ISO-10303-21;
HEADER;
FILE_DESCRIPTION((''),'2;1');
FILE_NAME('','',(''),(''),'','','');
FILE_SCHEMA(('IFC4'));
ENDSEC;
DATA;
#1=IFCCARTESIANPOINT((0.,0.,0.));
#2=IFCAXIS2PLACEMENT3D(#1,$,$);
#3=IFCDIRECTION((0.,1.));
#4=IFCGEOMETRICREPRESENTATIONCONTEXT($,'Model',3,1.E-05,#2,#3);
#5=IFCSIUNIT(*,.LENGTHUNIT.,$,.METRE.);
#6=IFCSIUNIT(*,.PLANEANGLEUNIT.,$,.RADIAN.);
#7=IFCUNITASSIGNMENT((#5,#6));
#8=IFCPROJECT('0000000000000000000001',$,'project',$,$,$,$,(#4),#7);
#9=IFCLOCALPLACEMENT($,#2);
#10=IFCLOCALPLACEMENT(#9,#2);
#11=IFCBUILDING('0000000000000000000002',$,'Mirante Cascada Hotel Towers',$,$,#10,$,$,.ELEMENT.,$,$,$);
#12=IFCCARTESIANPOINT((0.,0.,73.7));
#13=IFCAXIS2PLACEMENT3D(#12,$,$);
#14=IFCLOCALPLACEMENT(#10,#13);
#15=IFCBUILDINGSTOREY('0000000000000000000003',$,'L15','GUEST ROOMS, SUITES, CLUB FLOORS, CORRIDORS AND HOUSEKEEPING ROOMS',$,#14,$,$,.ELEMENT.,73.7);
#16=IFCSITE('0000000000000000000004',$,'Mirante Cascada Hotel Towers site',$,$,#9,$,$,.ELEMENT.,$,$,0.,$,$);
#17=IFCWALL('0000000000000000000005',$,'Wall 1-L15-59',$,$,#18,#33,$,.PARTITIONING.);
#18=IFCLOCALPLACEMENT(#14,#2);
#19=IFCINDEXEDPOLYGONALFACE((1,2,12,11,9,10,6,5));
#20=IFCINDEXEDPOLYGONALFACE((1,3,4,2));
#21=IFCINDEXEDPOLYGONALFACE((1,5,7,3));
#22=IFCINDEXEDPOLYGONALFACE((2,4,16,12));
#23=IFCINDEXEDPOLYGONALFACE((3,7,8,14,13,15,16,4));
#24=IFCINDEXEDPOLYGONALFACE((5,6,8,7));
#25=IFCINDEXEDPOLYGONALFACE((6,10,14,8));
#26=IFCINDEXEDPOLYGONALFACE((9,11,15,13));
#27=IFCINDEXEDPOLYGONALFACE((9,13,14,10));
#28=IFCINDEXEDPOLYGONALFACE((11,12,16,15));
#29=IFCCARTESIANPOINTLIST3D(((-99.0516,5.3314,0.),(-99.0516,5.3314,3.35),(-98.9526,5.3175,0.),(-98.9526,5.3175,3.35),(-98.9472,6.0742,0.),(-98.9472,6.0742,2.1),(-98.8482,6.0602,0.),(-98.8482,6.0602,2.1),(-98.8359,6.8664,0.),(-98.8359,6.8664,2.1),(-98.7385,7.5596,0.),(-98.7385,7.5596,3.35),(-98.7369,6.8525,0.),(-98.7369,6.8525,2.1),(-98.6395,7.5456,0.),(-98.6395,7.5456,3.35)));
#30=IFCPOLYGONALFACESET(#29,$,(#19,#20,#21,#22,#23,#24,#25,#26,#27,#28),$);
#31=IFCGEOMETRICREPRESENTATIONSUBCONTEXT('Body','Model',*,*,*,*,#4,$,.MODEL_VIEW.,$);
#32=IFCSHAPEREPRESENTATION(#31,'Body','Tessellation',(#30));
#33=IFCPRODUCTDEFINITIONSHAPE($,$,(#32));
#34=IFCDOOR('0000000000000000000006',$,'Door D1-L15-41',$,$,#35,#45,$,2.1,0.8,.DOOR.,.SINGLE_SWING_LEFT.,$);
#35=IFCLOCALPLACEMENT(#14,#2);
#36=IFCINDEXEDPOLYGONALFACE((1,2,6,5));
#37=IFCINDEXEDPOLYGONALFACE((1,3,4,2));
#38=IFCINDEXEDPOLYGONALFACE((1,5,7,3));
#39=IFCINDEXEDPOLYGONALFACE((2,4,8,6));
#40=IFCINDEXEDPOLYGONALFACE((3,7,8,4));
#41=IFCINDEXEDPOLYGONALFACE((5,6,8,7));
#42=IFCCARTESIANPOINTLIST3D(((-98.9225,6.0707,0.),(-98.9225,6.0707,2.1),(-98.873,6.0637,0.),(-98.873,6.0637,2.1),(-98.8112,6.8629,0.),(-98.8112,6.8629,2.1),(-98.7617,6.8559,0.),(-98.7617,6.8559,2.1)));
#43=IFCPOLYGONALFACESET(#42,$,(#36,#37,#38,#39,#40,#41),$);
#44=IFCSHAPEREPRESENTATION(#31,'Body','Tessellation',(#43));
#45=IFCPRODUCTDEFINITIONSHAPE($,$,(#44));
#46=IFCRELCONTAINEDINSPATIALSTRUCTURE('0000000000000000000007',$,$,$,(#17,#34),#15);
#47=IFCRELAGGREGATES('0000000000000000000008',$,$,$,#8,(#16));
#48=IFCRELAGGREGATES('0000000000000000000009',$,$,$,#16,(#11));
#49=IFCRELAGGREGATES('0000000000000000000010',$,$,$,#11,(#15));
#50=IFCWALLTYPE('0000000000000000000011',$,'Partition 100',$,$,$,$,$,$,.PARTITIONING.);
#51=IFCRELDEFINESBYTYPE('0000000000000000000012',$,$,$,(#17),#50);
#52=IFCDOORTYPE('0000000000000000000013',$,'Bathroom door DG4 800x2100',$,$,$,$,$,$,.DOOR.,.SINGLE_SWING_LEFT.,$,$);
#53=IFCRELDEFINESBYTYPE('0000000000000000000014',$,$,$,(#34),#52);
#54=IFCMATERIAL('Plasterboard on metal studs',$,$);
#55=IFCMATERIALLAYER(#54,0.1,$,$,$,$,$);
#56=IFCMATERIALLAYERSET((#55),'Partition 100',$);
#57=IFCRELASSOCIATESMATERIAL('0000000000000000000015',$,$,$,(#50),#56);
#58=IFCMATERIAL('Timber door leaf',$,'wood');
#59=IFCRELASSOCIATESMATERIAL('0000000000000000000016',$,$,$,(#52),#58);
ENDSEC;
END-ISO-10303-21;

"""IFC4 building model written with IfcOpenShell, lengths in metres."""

from ifc_helpers import new_model, si_unit, direction, frame, frame_2d, origin, place, context, subcontext, project, spatial, rectangle, extrude, material, layer, layer_set, type_object, element, fill, save


model = new_model("IFC4")

# Units and contexts
model_context = context("Model", 3, precision=1e-05, world=origin(), true_north=direction((0.0, 1.0)))
body_context = subcontext(model_context, "Body", "Model", "MODEL_VIEW")
ifc_project = project(units=[si_unit("LENGTHUNIT", "METRE"), si_unit("PLANEANGLEUNIT", "RADIAN")], contexts=[model_context])

# Site, building, storey
site_placement = place(None, origin())
site = spatial("IfcSite", under=ifc_project, at=site_placement, Name="Mirante Cascada Hotel Towers site", CompositionType="ELEMENT", RefElevation=0.0)
building_placement = place(site_placement, origin())
building = spatial("IfcBuilding", under=site, at=building_placement, Name="Mirante Cascada Hotel Towers", CompositionType="ELEMENT")
storey_placement = place(building_placement, frame((0.0, 0.0, 73.7)))
storey = spatial("IfcBuildingStorey", under=building, at=storey_placement, Name="L15", Description="GUEST ROOMS, SUITES, CLUB FLOORS, CORRIDORS AND HOUSEKEEPING ROOMS", CompositionType="ELEMENT", Elevation=73.7)

# Shared definitions
ifc_material_1 = material(Name="Plasterboard on metal studs")
ifc_layer_1 = layer(ifc_material_1, 0.1)
ifc_layer_set_1 = layer_set([ifc_layer_1], Name="Partition 100")
wall_type_1 = type_object("IfcWallType", Name="Partition 100", PredefinedType="PARTITIONING", material=ifc_layer_set_1)

# Wall, opening, door
ifc_material_2 = material(Name="Timber door leaf", Category="wood")
door_type_1 = type_object("IfcDoorType", Name="Bathroom door DG4 800x2100", OperationType="SINGLE_SWING_LEFT", PredefinedType="DOOR", material=ifc_material_2)
wall_1_placement = place(storey_placement, frame((-98.689, 7.5526, 0.0), z_axis=(0.0, 0.0, 1.0), x_axis=(-0.139156, -0.990271, 0.0)))
wall_1 = element("IfcWall", 1, at=wall_1_placement, inside=storey, type_object=wall_type_1, Name="Wall 1-L15-59", PredefinedType="PARTITIONING", context=body_context, shape_type="SweptSolid", body=[
    extrude(rectangle(XDim=2.25, YDim=0.1, at=frame_2d((1.125, 0.0))), origin(), (0.0, 0.0, 1.0), 3.35),
])
opening_1_placement = place(wall_1_placement, frame((0.7, 0.0, 0.0)))
opening_1 = element("IfcOpeningElement", 2, at=opening_1_placement, cuts=wall_1, PredefinedType="OPENING", context=body_context, shape_type="SweptSolid", body=[
    extrude(rectangle(XDim=0.8, YDim=2.1, at=frame_2d((0.4, 1.05))), frame((0.0, 0.05, 0.0), z_axis=(0.0, -1.0, 0.0), x_axis=(1.0, 0.0, 0.0)), (0.0, 0.0, 1.0), 0.1),
])
door_1_placement = place(opening_1_placement, origin())
door_1 = element("IfcDoor", 3, at=door_1_placement, inside=storey, type_object=door_type_1, Name="Door D1-L15-41", OperationType="SINGLE_SWING_LEFT", OverallHeight=2.1, OverallWidth=0.8, PredefinedType="DOOR", context=body_context, shape_type="SweptSolid", body=[
    extrude(rectangle(XDim=0.8, YDim=2.1, at=frame_2d((0.4, 1.05))), frame((0.0, 0.025, 0.0), z_axis=(0.0, -1.0, 0.0), x_axis=(1.0, 0.0, 0.0)), (0.0, 0.0, 1.0), 0.05),
])
fill(opening_1, door_1)

save(model, "model.ifc")
